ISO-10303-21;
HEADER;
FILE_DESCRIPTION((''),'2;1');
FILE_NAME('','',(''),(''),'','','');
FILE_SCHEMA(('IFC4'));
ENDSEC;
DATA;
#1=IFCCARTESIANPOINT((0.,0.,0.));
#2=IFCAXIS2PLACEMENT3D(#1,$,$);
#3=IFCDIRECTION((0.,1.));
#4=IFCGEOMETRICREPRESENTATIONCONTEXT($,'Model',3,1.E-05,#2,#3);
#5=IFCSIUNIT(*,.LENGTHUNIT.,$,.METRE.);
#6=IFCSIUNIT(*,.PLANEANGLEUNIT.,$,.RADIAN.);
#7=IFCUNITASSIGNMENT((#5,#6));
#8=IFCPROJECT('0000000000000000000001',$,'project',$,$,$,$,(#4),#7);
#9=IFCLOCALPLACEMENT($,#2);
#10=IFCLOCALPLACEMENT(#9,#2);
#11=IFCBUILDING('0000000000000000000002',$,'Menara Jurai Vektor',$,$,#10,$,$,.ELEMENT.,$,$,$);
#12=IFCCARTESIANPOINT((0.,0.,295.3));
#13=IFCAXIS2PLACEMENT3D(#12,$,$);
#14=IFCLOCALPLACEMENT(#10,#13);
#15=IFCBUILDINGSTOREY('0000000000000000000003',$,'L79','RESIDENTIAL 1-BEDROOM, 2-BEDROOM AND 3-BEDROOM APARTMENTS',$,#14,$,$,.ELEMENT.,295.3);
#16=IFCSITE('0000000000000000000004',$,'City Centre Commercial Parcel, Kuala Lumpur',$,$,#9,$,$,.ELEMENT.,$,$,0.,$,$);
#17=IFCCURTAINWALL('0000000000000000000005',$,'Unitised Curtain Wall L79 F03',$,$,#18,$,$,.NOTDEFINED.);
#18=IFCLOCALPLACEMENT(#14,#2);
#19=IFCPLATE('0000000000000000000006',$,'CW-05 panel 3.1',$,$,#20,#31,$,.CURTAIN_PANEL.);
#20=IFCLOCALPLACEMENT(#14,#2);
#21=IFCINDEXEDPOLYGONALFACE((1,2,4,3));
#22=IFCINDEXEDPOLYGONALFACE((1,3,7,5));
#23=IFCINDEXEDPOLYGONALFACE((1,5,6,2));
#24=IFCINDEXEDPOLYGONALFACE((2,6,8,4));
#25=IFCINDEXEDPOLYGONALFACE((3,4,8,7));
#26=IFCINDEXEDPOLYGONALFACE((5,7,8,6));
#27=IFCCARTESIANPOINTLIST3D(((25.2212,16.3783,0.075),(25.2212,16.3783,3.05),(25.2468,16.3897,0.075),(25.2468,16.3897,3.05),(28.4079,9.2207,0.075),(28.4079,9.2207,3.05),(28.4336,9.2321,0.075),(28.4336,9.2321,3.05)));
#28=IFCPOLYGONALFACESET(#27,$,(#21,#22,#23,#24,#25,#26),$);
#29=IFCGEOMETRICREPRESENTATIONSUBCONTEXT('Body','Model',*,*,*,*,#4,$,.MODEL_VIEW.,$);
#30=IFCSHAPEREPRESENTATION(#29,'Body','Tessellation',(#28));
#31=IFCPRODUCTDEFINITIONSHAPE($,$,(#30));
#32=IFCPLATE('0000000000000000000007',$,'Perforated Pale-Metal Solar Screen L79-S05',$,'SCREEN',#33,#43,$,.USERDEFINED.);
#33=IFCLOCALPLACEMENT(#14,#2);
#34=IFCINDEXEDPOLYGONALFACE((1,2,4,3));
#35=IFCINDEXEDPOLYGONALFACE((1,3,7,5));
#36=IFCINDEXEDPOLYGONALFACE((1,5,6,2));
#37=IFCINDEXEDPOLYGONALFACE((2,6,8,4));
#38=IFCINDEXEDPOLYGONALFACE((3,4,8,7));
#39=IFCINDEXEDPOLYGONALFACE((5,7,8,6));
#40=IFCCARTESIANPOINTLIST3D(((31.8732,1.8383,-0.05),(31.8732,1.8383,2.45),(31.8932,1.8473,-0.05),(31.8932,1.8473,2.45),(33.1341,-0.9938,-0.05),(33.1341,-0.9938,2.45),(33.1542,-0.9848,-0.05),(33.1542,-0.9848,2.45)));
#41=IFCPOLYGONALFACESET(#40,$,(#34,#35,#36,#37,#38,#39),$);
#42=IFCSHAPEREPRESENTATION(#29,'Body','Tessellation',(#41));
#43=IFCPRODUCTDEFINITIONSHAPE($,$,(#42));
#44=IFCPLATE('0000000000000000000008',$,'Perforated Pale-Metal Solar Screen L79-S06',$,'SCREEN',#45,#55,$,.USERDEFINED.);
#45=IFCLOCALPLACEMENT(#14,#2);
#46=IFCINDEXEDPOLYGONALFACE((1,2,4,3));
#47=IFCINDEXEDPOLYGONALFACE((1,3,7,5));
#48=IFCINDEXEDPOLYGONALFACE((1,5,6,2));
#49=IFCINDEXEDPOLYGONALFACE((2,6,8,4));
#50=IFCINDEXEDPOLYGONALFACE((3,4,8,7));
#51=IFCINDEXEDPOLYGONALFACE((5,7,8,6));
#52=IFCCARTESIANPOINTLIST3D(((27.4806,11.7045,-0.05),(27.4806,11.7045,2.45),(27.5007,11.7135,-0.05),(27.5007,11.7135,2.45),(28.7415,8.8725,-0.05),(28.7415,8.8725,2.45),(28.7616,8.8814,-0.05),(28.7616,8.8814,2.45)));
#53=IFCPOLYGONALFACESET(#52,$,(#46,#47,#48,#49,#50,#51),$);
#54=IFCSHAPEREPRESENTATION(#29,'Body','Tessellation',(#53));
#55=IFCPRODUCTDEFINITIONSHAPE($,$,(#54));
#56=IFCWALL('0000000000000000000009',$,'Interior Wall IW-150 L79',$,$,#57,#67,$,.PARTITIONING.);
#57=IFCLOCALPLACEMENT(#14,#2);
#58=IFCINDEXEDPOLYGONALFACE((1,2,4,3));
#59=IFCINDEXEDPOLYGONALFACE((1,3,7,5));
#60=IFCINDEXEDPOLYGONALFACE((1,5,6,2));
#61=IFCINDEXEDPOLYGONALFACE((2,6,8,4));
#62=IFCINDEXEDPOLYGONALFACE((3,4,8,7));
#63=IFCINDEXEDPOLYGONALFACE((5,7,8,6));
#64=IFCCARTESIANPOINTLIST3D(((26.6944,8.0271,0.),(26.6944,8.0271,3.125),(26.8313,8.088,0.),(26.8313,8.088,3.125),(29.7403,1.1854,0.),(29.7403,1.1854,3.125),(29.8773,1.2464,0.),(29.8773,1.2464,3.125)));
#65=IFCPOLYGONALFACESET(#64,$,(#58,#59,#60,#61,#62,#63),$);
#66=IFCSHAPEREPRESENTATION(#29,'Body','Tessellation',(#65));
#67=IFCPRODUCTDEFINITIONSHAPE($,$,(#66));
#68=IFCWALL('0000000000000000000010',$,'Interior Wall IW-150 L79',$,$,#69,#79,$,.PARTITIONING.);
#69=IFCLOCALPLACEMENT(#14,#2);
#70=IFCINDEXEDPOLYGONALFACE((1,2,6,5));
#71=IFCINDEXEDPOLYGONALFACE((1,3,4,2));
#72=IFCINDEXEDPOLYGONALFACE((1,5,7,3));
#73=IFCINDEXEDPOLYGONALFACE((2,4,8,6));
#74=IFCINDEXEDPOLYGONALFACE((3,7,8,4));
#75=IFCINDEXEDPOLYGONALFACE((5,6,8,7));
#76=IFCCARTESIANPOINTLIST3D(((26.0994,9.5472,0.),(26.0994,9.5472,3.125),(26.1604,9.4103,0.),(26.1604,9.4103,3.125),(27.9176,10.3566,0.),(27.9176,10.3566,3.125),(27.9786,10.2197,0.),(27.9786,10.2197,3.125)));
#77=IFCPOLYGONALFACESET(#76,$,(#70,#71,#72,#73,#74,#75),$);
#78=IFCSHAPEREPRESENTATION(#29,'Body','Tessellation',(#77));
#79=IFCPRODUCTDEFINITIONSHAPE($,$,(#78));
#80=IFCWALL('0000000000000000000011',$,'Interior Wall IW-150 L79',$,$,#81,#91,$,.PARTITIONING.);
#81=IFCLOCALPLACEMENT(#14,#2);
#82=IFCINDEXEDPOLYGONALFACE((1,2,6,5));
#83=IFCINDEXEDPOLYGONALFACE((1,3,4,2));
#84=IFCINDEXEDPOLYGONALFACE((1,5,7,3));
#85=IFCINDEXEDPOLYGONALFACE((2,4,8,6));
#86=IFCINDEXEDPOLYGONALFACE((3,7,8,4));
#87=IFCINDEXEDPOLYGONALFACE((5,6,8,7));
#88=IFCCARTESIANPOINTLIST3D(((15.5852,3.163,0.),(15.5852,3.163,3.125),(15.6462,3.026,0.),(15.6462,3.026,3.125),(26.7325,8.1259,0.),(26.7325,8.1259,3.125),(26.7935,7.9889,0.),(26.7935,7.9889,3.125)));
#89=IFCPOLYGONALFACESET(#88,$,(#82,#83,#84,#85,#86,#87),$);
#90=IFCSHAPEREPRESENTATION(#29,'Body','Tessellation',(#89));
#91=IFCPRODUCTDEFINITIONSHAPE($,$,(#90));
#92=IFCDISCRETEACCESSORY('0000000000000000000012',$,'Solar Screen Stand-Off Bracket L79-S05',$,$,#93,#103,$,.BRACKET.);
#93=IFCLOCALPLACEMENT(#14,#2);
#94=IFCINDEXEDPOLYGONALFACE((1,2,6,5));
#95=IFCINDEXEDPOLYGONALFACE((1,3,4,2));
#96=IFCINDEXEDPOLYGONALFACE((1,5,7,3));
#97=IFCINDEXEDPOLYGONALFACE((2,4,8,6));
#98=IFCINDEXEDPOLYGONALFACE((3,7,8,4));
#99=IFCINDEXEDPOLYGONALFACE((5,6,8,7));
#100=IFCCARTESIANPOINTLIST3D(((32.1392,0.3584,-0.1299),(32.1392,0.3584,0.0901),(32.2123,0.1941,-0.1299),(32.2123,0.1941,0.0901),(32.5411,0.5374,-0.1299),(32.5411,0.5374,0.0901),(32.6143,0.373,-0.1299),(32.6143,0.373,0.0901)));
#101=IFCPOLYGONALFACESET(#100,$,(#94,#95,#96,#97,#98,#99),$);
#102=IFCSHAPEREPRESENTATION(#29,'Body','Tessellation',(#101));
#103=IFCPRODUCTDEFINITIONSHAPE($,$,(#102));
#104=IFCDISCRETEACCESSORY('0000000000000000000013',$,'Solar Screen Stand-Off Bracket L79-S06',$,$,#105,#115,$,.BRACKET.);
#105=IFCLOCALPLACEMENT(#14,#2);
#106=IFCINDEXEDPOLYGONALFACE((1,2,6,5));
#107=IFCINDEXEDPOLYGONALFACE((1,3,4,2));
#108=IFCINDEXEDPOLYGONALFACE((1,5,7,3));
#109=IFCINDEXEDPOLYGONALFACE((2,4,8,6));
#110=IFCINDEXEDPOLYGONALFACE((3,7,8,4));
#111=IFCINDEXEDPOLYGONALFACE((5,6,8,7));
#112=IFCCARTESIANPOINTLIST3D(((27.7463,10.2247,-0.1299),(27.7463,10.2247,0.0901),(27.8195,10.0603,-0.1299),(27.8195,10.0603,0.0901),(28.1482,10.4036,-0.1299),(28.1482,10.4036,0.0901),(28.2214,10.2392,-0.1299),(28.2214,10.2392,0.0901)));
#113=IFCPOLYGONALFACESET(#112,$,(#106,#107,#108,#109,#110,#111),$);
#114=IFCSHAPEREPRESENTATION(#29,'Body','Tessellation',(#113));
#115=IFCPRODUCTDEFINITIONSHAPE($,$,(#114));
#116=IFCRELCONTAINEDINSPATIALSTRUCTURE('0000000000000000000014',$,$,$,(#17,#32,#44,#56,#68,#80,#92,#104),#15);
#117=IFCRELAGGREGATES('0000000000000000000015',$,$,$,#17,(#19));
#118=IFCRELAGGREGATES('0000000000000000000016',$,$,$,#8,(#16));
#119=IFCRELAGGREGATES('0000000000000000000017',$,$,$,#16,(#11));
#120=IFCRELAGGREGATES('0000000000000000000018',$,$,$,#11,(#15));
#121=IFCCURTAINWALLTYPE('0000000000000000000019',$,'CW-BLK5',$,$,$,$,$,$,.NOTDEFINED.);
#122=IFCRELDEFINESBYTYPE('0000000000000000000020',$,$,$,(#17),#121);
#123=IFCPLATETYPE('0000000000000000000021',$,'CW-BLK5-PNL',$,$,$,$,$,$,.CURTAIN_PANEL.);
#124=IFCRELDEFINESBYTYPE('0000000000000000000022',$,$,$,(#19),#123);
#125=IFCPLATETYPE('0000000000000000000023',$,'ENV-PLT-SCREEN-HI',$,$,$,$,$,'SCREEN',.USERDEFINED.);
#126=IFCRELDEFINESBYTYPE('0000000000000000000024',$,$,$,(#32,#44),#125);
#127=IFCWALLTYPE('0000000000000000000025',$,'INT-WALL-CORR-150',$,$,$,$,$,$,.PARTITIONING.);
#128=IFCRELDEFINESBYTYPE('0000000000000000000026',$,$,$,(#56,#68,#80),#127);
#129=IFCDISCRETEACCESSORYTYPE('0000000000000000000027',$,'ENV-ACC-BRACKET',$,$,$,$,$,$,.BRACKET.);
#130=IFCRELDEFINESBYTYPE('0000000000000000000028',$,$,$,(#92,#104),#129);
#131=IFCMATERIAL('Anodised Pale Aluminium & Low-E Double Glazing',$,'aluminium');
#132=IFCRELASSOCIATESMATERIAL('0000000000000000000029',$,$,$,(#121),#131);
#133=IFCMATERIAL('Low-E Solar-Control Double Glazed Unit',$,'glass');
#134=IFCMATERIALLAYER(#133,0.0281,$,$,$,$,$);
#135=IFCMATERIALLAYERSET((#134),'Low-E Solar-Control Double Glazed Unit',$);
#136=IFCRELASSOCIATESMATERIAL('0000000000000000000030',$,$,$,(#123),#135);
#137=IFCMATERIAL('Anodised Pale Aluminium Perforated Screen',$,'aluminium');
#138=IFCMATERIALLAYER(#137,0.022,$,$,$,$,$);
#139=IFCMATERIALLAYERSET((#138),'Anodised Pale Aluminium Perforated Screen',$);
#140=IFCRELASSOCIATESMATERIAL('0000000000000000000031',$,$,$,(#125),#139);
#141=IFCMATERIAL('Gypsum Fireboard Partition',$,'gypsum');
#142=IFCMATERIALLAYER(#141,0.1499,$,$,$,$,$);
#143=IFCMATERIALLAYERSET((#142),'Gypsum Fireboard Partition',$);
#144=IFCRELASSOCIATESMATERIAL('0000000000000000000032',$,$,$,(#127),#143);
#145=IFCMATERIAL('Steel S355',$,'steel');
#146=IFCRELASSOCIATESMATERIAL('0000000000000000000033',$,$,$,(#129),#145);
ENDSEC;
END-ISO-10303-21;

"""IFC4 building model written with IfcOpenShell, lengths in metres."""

from ifc_helpers import new_model, si_unit, direction, frame, frame_2d, origin, origin_2d, place, context, subcontext, project, spatial, rectangle, extrude, material, layer, layer_set, type_object, element, aggregate, save


model = new_model("IFC4")

# Units and contexts
model_context = context("Model", 3, precision=1e-05, world=origin(), true_north=direction((0.0, 1.0)))
body_context = subcontext(model_context, "Body", "Model", "MODEL_VIEW")
ifc_project = project(units=[si_unit("LENGTHUNIT", "METRE"), si_unit("PLANEANGLEUNIT", "RADIAN")], contexts=[model_context])

# Site, building, storey
site_placement = place(None, origin())
site = spatial("IfcSite", under=ifc_project, at=site_placement, Name="City Centre Commercial Parcel, Kuala Lumpur", CompositionType="ELEMENT", RefElevation=0.0)
building_placement = place(site_placement, origin())
building = spatial("IfcBuilding", under=site, at=building_placement, Name="Menara Jurai Vektor", CompositionType="ELEMENT")
storey_placement = place(building_placement, frame((0.0, 0.0, 295.3)))
storey = spatial("IfcBuildingStorey", under=building, at=storey_placement, Name="L79", Description="RESIDENTIAL 1-BEDROOM, 2-BEDROOM AND 3-BEDROOM APARTMENTS", CompositionType="ELEMENT", Elevation=295.3)

# Curtain wall
ifc_material_1 = material(Name="Anodised Pale Aluminium & Low-E Double Glazing", Category="aluminium")
curtain_wall_type = type_object("IfcCurtainWallType", Name="CW-BLK5", PredefinedType="NOTDEFINED", material=ifc_material_1)
curtain_wall_placement = place(storey_placement, origin())
curtain_wall = element("IfcCurtainWall", 1, at=curtain_wall_placement, inside=storey, type_object=curtain_wall_type, Name="Unitised Curtain Wall L79 F03", PredefinedType="NOTDEFINED")

# Shared definitions
ifc_material_2 = material(Name="Steel S355", Category="steel")

# Plate
ifc_material_3 = material(Name="Low-E Solar-Control Double Glazed Unit", Category="glass")
ifc_layer_1 = layer(ifc_material_3, 0.0281)
ifc_layer_set_1 = layer_set([ifc_layer_1], Name="Low-E Solar-Control Double Glazed Unit")
plate_type_1 = type_object("IfcPlateType", Name="CW-BLK5-PNL", PredefinedType="CURTAIN_PANEL", material=ifc_layer_set_1)
plate_1_placement = place(storey_placement, frame((26.8274, 12.8052, 0.075), z_axis=(0.0, 0.0, 1.0), x_axis=(-0.406735, 0.913546, 0.0)))
plate_1 = element("IfcPlate", 2, at=plate_1_placement, type_object=plate_type_1, Name="CW-05 panel 3.1", PredefinedType="CURTAIN_PANEL", context=body_context, shape_type="SweptSolid", body=[
    extrude(rectangle(XDim=7.835, YDim=0.0281, at=origin_2d()), origin(), (0.0, 0.0, 1.0), 2.9751),
])
aggregate(curtain_wall, [plate_1])

# Plates
ifc_material_4 = material(Name="Anodised Pale Aluminium Perforated Screen", Category="aluminium")
ifc_layer_2 = layer(ifc_material_4, 0.022)
ifc_layer_set_2 = layer_set([ifc_layer_2], Name="Anodised Pale Aluminium Perforated Screen")
plate_type_2 = type_object("IfcPlateType", Name="ENV-PLT-SCREEN-HI", ElementType="SCREEN", PredefinedType="USERDEFINED", material=ifc_layer_set_2)
for number, where, z_axis, x_axis, name in (
    (3, (32.5137, 0.4268, -0.05), (0.0, 0.0, 1.0), (-0.406737, 0.913545, 0.0), "Perforated Pale-Metal Solar Screen L79-S05"),
    (4, (28.1211, 10.293, -0.05), (0.0, 0.0, 1.0), (-0.406737, 0.913545, 0.0), "Perforated Pale-Metal Solar Screen L79-S06"),
):
    element("IfcPlate", number, at=place(storey_placement, frame(where, z_axis=z_axis, x_axis=x_axis)), inside=storey, type_object=plate_type_2, Name=name, ObjectType="SCREEN", PredefinedType="USERDEFINED", context=body_context, shape_type="SweptSolid", body=[
        extrude(rectangle(XDim=3.1001, YDim=0.022, at=origin_2d()), origin(), (0.0, 0.0, 1.0), 2.5),
    ])

# Shared definitions
ifc_material_5 = material(Name="Gypsum Fireboard Partition", Category="gypsum")
ifc_layer_3 = layer(ifc_material_5, 0.1499)
ifc_layer_set_3 = layer_set([ifc_layer_3], Name="Gypsum Fireboard Partition")
wall_type = type_object("IfcWallType", Name="INT-WALL-CORR-150", PredefinedType="PARTITIONING", material=ifc_layer_set_3)

# Wall
wall_1_placement = place(storey_placement, frame((29.8088, 1.2158, 0.0), z_axis=(0.0, 0.0, 1.0), x_axis=(-0.406719, 0.913553, 0.0)))
element("IfcWall", 5, at=wall_1_placement, inside=storey, type_object=wall_type, Name="Interior Wall IW-150 L79", PredefinedType="PARTITIONING", context=body_context, shape_type="SweptSolid", body=[
    extrude(rectangle(XDim=7.489, YDim=0.1499, at=frame_2d((3.7446, 0.0))), origin(), (0.0, 0.0, 1.0), 3.125),
])

# Walls
wall_2_placement = place(storey_placement, frame((26.1299, 9.4788, 0.0), z_axis=(0.0, 0.0, 1.0), x_axis=(0.913574, 0.406673, 0.0)))
element("IfcWall", 6, at=wall_2_placement, inside=storey, type_object=wall_type, Name="Interior Wall IW-150 L79", PredefinedType="PARTITIONING", context=body_context, shape_type="SweptSolid", body=[
    extrude(rectangle(XDim=1.9902, YDim=0.1499, at=frame_2d((0.9951, 0.0))), origin(), (0.0, 0.0, 1.0), 3.125),
])
wall_3_placement = place(storey_placement, frame((15.6157, 3.0945, 0.0), z_axis=(0.0, 0.0, 1.0), x_axis=(0.913551, 0.406725, 0.0)))
element("IfcWall", 7, at=wall_3_placement, inside=storey, type_object=wall_type, Name="Interior Wall IW-150 L79", PredefinedType="PARTITIONING", context=body_context, shape_type="SweptSolid", body=[
    extrude(rectangle(XDim=12.2021, YDim=0.1499, at=frame_2d((6.1011, 0.0))), origin(), (0.0, 0.0, 1.0), 3.125),
])

# Discrete accessories
discrete_accessory_type = type_object("IfcDiscreteAccessoryType", Name="ENV-ACC-BRACKET", PredefinedType="BRACKET", material=ifc_material_2)
for number, where, z_axis, x_axis, name in (
    (8, (32.3767, 0.3657, -0.1299), (0.0, 0.0, 1.0), (-0.406737, 0.913545, 0.0), "Solar Screen Stand-Off Bracket L79-S05"),
    (9, (27.9839, 10.2319, -0.1299), (0.0, 0.0, 1.0), (-0.406737, 0.913545, 0.0), "Solar Screen Stand-Off Bracket L79-S06"),
):
    element("IfcDiscreteAccessory", number, at=place(storey_placement, frame(where, z_axis=z_axis, x_axis=x_axis)), inside=storey, type_object=discrete_accessory_type, Name=name, PredefinedType="BRACKET", context=body_context, shape_type="SweptSolid", body=[
        extrude(rectangle(XDim=0.1799, YDim=0.4399, at=origin_2d()), origin(), (0.0, 0.0, 1.0), 0.22),
    ])

save(model, "model.ifc")
